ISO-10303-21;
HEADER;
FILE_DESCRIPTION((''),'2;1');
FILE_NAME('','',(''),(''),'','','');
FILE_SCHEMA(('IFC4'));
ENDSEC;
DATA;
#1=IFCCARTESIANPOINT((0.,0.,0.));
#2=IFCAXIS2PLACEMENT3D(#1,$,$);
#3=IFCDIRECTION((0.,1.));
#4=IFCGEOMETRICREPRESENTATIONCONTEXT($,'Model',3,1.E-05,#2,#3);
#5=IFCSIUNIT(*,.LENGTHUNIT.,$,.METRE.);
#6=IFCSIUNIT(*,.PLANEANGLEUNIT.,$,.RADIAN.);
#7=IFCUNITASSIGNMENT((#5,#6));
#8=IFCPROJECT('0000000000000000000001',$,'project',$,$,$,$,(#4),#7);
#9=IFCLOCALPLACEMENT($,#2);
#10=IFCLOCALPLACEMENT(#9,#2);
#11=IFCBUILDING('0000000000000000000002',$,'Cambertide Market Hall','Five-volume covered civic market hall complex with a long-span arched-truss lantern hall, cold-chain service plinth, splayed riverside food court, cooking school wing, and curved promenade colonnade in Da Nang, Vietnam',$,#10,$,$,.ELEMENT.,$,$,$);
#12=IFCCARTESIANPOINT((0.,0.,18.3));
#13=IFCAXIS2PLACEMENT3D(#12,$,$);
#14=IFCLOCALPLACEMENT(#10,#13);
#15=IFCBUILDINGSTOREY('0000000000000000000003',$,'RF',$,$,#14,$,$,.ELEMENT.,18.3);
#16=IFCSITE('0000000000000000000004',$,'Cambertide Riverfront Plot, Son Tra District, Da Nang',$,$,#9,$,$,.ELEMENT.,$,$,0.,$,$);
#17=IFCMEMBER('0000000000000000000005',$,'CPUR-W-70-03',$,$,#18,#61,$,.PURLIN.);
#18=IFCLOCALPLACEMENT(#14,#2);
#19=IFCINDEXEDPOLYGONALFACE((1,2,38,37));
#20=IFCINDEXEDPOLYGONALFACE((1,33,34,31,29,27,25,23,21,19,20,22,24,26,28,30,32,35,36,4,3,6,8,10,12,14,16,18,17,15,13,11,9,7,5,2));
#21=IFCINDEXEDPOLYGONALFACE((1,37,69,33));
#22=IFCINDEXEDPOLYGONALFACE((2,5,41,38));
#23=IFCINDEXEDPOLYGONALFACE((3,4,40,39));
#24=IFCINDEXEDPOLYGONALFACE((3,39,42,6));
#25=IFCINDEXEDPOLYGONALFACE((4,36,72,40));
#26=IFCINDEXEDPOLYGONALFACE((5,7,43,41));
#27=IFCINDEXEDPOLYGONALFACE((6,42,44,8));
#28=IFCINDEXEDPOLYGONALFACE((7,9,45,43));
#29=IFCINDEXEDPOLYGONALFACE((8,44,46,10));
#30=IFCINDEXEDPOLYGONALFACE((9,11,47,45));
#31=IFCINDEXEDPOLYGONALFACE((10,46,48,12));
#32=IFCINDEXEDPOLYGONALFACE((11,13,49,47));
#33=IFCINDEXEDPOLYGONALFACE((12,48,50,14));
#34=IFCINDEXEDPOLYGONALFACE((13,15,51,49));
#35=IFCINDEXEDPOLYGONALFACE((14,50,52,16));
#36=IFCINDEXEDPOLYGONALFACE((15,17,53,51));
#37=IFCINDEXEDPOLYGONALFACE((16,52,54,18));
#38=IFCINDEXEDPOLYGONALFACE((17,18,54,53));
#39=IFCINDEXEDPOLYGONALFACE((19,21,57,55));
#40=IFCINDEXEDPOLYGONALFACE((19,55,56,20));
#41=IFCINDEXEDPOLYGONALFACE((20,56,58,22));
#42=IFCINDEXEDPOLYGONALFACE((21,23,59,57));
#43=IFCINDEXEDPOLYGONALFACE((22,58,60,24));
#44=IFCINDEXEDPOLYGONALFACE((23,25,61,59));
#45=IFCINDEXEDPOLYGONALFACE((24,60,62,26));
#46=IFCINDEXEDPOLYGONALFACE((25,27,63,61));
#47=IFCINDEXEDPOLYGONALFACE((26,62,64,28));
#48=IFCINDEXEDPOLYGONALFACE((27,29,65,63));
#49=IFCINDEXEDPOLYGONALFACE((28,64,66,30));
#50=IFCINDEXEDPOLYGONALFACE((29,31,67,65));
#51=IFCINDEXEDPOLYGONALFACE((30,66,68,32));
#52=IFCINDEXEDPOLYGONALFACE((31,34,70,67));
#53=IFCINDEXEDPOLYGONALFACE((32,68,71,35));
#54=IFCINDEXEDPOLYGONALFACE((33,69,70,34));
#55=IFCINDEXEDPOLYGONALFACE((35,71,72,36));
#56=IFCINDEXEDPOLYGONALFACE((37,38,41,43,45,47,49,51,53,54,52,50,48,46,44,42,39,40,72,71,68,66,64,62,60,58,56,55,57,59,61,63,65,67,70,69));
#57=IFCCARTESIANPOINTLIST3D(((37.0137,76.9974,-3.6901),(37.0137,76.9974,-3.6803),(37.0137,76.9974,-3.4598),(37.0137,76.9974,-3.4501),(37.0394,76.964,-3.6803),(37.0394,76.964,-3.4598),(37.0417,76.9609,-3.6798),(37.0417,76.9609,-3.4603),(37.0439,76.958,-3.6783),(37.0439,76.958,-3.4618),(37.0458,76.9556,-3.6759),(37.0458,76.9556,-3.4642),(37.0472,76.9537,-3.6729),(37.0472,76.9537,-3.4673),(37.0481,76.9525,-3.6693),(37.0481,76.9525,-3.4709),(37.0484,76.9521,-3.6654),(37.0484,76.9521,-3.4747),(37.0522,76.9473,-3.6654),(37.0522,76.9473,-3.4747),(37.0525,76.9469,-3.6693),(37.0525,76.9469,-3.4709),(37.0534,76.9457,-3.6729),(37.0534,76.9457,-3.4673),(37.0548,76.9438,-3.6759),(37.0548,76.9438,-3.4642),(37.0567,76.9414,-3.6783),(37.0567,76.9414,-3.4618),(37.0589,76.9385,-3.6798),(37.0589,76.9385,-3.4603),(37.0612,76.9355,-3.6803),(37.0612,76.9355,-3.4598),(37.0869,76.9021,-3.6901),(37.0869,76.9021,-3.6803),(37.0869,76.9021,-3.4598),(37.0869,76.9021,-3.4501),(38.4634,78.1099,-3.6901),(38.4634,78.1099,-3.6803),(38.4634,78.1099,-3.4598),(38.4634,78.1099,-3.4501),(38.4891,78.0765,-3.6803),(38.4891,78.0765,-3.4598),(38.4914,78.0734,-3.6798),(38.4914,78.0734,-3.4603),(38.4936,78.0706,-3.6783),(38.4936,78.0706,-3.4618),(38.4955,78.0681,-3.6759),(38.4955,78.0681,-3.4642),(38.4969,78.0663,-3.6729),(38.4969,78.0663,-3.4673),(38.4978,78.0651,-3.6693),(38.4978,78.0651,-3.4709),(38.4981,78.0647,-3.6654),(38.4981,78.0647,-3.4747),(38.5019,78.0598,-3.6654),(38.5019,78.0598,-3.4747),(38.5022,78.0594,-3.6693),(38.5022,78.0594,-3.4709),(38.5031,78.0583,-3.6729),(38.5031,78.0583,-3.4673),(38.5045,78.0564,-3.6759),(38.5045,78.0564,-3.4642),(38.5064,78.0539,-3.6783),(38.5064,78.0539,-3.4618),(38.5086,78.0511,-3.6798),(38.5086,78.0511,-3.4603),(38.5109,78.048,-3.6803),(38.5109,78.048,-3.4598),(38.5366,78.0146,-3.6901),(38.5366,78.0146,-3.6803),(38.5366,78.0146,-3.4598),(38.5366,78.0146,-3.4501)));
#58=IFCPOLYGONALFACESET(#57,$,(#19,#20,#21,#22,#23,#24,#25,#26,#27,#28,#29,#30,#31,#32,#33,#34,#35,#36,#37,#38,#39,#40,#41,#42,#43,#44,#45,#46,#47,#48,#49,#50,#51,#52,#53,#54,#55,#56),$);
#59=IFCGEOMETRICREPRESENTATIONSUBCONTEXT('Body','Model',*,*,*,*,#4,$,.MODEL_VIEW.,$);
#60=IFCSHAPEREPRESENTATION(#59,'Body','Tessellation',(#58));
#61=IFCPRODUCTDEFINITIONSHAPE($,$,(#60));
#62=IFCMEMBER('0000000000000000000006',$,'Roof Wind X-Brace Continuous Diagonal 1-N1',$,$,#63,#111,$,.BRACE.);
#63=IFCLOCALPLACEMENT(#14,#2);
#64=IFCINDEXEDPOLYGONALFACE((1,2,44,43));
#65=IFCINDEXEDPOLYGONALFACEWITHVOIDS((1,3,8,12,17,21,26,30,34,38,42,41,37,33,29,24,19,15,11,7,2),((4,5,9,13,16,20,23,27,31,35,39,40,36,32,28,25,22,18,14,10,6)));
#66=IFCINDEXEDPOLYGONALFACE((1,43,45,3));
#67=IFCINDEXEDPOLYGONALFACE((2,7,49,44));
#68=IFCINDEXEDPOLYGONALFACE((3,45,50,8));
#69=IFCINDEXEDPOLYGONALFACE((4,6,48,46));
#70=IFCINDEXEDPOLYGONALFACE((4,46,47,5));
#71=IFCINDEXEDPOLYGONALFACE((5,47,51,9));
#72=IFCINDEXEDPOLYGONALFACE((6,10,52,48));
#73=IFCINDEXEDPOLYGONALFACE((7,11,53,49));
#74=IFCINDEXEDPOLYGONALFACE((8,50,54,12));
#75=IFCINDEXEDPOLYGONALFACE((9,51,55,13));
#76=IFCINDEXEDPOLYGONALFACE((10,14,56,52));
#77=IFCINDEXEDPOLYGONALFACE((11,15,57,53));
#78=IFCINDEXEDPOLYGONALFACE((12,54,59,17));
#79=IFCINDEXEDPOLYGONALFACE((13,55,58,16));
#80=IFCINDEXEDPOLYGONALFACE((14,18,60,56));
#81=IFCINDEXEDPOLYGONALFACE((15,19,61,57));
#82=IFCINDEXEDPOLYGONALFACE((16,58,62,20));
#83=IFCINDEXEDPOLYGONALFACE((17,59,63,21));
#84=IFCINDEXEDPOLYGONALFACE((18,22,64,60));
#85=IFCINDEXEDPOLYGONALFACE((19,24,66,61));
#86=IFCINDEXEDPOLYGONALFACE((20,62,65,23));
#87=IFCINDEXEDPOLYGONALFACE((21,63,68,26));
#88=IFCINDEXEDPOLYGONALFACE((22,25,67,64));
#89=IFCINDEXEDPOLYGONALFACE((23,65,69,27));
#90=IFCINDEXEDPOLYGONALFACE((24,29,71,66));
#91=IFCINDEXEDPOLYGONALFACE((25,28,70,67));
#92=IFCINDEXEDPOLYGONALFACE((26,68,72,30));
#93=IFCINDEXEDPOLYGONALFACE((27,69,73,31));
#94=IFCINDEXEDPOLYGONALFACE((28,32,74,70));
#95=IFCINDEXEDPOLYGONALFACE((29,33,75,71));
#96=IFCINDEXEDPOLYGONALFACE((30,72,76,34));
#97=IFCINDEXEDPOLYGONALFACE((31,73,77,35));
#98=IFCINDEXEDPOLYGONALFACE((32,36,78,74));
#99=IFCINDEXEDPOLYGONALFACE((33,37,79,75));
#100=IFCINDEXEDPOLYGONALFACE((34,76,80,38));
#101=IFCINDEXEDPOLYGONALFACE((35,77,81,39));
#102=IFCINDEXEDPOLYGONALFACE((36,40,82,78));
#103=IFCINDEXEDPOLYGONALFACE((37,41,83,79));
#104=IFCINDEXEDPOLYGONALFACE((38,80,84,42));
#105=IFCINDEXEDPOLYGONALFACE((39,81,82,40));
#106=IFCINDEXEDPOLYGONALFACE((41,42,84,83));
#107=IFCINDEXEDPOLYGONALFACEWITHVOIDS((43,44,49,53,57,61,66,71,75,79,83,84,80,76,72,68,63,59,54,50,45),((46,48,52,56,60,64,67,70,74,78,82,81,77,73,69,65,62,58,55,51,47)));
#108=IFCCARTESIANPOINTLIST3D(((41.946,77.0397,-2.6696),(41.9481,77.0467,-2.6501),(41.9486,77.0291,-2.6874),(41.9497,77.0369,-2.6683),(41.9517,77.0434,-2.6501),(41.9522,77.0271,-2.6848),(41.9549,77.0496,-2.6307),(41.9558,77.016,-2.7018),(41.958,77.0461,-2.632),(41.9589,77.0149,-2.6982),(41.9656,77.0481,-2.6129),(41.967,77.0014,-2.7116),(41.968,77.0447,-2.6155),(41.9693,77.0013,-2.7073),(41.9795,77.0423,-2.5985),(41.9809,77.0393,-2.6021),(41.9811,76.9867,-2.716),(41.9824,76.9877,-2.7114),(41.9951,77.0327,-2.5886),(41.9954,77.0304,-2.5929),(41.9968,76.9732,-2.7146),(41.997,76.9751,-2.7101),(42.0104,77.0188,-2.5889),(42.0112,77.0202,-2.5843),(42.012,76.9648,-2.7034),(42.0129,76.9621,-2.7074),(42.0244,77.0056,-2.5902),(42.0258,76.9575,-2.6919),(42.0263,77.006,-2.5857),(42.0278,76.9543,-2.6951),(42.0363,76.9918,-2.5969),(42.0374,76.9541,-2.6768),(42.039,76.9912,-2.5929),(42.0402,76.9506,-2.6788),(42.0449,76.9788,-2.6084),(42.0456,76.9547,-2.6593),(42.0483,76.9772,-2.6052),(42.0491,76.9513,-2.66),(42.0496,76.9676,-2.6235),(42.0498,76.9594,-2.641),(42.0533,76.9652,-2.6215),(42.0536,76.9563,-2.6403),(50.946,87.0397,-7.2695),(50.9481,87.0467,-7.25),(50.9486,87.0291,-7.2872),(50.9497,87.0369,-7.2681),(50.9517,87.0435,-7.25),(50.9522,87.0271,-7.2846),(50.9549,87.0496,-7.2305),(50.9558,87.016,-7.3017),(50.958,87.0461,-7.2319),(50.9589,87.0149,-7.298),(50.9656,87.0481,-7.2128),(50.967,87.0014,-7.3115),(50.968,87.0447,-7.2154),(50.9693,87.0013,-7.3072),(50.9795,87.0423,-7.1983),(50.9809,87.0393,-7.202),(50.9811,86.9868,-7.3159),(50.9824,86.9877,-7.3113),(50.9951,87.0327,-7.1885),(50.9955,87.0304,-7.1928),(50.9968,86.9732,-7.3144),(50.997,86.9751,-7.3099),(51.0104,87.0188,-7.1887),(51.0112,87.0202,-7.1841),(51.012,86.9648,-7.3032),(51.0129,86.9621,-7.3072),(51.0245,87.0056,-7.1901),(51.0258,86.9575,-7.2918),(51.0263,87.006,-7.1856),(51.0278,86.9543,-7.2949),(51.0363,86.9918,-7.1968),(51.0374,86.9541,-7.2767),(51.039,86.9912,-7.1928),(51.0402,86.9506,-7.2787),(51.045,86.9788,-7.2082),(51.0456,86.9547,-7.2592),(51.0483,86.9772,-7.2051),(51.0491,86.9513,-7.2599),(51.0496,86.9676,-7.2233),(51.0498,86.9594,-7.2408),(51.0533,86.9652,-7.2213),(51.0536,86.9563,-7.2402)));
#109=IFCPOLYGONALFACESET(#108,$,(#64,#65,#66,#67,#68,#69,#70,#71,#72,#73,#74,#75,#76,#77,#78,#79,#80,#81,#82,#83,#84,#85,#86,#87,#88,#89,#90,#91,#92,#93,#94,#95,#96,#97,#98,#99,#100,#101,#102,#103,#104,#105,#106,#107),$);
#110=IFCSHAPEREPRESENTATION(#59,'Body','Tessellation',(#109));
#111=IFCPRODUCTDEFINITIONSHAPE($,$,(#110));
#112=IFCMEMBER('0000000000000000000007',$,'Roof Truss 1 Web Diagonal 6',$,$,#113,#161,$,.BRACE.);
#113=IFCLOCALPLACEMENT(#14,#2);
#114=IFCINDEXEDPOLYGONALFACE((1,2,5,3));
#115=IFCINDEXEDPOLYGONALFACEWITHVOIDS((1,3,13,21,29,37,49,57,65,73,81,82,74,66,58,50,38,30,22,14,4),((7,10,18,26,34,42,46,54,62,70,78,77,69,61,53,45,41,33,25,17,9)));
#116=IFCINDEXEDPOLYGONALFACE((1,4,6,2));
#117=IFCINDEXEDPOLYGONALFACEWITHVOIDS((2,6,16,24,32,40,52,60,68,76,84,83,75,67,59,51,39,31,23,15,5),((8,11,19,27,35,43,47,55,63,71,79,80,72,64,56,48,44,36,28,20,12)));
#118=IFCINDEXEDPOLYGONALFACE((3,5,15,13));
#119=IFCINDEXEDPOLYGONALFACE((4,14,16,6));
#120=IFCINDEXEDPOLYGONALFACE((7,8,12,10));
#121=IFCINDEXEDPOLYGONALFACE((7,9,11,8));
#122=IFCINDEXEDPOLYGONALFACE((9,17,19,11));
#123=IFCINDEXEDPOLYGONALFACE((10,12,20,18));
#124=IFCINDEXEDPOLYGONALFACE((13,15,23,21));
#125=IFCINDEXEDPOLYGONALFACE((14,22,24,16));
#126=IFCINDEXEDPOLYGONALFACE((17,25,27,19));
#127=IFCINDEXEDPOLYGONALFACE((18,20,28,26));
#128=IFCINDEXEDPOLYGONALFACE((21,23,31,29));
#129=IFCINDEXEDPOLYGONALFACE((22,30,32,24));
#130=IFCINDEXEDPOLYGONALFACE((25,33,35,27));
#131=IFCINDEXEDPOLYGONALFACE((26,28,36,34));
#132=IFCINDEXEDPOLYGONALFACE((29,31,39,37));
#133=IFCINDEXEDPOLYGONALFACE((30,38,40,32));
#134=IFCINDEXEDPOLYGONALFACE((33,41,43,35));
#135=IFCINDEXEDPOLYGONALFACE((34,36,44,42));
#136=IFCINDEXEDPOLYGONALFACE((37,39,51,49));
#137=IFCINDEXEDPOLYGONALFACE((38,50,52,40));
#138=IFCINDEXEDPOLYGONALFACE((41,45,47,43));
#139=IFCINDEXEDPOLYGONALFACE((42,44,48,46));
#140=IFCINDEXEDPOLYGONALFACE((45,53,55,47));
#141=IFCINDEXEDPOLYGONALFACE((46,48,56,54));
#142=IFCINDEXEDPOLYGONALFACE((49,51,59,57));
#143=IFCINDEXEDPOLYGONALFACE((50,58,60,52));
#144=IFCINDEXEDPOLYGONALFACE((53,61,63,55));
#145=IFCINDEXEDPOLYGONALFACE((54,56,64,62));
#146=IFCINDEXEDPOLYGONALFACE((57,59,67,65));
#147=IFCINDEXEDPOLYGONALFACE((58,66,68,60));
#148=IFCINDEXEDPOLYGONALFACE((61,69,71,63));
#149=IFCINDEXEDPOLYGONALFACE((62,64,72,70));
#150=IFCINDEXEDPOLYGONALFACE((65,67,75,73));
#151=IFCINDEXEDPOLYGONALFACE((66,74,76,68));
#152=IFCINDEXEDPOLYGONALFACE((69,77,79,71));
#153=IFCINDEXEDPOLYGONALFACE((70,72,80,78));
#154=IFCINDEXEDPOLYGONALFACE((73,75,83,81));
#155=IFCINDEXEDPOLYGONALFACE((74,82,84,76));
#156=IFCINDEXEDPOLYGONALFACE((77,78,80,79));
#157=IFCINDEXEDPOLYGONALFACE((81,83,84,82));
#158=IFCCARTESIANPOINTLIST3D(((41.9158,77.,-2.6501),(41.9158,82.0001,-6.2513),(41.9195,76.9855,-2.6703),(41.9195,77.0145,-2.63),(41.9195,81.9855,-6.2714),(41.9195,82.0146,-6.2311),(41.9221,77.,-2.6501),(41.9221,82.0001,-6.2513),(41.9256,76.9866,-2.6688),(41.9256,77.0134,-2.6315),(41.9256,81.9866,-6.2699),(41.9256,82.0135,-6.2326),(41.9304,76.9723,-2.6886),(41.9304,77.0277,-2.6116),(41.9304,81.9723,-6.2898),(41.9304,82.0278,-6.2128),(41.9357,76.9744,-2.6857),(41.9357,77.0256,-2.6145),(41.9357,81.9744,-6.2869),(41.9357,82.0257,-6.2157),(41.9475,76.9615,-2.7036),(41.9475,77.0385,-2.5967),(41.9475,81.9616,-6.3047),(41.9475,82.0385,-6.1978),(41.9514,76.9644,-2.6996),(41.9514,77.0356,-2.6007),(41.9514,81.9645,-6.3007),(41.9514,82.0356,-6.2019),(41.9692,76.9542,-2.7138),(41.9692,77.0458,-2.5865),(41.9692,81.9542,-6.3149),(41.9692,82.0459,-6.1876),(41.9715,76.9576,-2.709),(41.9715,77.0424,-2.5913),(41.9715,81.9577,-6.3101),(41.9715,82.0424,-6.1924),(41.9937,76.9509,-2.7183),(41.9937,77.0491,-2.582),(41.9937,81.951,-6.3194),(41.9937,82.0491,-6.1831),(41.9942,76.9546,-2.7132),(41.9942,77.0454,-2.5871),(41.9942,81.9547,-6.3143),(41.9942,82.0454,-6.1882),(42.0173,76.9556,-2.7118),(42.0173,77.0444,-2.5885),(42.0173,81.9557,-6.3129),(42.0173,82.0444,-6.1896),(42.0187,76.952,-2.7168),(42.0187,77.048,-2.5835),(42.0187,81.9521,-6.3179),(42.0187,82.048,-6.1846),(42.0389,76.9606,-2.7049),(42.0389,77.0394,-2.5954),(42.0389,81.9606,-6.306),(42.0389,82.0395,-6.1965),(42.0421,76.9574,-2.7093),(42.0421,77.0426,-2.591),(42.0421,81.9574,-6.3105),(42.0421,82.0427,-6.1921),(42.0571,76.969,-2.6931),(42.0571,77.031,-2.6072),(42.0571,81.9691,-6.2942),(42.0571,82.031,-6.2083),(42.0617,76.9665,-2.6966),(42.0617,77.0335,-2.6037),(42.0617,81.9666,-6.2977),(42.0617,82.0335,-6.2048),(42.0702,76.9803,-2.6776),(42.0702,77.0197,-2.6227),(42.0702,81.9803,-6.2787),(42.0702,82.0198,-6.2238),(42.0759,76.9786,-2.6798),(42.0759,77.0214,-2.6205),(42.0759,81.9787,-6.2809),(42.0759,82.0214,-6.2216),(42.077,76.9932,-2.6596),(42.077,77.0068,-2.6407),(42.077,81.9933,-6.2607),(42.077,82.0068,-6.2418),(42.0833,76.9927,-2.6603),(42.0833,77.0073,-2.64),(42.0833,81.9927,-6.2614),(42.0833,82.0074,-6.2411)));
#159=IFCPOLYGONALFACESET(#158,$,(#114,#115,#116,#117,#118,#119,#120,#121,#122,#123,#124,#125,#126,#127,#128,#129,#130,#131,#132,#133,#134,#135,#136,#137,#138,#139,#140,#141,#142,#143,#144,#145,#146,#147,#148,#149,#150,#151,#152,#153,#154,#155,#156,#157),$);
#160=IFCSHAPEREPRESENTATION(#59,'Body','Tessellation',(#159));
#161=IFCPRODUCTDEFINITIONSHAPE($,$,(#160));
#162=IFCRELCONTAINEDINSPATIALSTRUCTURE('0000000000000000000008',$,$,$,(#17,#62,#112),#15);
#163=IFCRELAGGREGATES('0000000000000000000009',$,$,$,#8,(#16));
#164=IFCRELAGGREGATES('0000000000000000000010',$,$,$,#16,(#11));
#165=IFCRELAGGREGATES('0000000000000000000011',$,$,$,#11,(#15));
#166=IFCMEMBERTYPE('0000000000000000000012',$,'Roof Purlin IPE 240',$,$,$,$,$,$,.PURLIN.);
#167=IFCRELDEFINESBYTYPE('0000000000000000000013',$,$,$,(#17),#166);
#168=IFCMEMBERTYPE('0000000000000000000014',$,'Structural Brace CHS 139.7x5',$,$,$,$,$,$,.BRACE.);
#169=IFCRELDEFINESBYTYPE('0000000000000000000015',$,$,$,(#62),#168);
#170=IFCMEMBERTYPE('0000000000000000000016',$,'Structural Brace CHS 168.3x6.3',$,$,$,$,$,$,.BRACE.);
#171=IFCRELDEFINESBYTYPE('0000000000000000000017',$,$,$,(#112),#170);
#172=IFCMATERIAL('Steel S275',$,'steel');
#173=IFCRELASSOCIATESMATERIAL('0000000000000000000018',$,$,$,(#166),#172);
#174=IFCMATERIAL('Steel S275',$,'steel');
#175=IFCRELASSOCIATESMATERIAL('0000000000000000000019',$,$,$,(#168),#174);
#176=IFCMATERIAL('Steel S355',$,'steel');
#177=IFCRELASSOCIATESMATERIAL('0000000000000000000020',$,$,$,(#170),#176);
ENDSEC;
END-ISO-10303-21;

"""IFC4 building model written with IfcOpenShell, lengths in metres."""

from ifc_helpers import new_model, si_unit, direction, frame, origin, origin_2d, place, context, subcontext, project, spatial, hollow_circle, i_section, extrude, material, material_profile, profile_set, type_object, element, save


model = new_model("IFC4")

# Units and contexts
model_context = context("Model", 3, precision=1e-05, world=origin(), true_north=direction((0.0, 1.0)))
body_context = subcontext(model_context, "Body", "Model", "MODEL_VIEW")
ifc_project = project(units=[si_unit("LENGTHUNIT", "METRE"), si_unit("PLANEANGLEUNIT", "RADIAN")], contexts=[model_context])

# Site, building, storey
site_placement = place(None, origin())
site = spatial("IfcSite", under=ifc_project, at=site_placement, Name="Cambertide Riverfront Plot, Son Tra District, Da Nang", CompositionType="ELEMENT", RefElevation=0.0)
building_placement = place(site_placement, origin())
building = spatial("IfcBuilding", under=site, at=building_placement, Name="Cambertide Market Hall", Description="Five-volume covered civic market hall complex with a long-span arched-truss lantern hall, cold-chain service plinth, splayed riverside food court, cooking school wing, and curved promenade colonnade in Da Nang, Vietnam", CompositionType="ELEMENT")
storey_placement = place(building_placement, frame((0.0, 0.0, 18.3)))
storey = spatial("IfcBuildingStorey", under=building, at=storey_placement, Name="RF", CompositionType="ELEMENT", Elevation=18.3)

# Members
ifc_material_1 = material(Name="Steel S275", Category="steel")
ifc_material_profile_1 = material_profile(ifc_material_1, i_section(OverallWidth=0.1201, OverallDepth=0.24, WebThickness=0.0061, FlangeThickness=0.0098, FilletRadius=0.0149, at=origin_2d()), Name="IPE 240")
ifc_profile_set_1 = profile_set([ifc_material_profile_1], Name="Steel S275")
member_type_1 = type_object("IfcMemberType", Name="Roof Purlin IPE 240", PredefinedType="PURLIN", material=ifc_profile_set_1)
for number, where, z_axis, x_axis, name in (
    (1, (38.5, 78.0623, -3.5701), (-0.793314, -0.608813, 0.0), (0.608813, -0.793314, 0.0), "CPUR-W-70-03"),
):
    element("IfcMember", number, at=place(storey_placement, frame(where, z_axis=z_axis, x_axis=x_axis)), inside=storey, type_object=member_type_1, Name=name, PredefinedType="PURLIN", context=body_context, shape_type="SweptSolid", body=[
        extrude(i_section(OverallWidth=0.1201, OverallDepth=0.24, WebThickness=0.0061, FlangeThickness=0.0098, FilletRadius=0.0149, at=origin_2d()), origin(), (0.0, 0.0, 1.0), 1.8274),
    ])
ifc_material_2 = material(Name="Steel S275", Category="steel")
ifc_material_profile_2 = material_profile(ifc_material_2, hollow_circle(Radius=0.0698, WallThickness=0.0049, at=origin_2d()), Name="CHS 139.7x5")
ifc_profile_set_2 = profile_set([ifc_material_profile_2], Name="Steel S275")
member_type_2 = type_object("IfcMemberType", Name="Structural Brace CHS 139.7x5", PredefinedType="BRACE", material=ifc_profile_set_2)
member_1_placement = place(storey_placement, frame((42.0, 77.0, -2.6501), z_axis=(0.632989, 0.703321, -0.323518), x_axis=(-0.743294, 0.668965, 0.0)))
element("IfcMember", 2, at=member_1_placement, inside=storey, type_object=member_type_2, Name="Roof Wind X-Brace Continuous Diagonal 1-N1", PredefinedType="BRACE", context=body_context, shape_type="SweptSolid", body=[
    extrude(hollow_circle(Radius=0.0698, WallThickness=0.0049, at=origin_2d()), origin(), (0.0, 0.0, 1.0), 14.2183),
])
ifc_material_3 = material(Name="Steel S355", Category="steel")
ifc_material_profile_3 = material_profile(ifc_material_3, hollow_circle(Radius=0.0842, WallThickness=0.0063, at=origin_2d()), Name="CHS 168.3x6.3")
ifc_profile_set_3 = profile_set([ifc_material_profile_3], Name="Steel S355")
member_type_3 = type_object("IfcMemberType", Name="Structural Brace CHS 168.3x6.3", PredefinedType="BRACE", material=ifc_profile_set_3)
member_2_placement = place(storey_placement, frame((42.0, 77.0, -2.6501), z_axis=(0.0, 0.811452, -0.58442), x_axis=(-1.0, 0.0, 0.0)))
element("IfcMember", 3, at=member_2_placement, inside=storey, type_object=member_type_3, Name="Roof Truss 1 Web Diagonal 6", PredefinedType="BRACE", context=body_context, shape_type="SweptSolid", body=[
    extrude(hollow_circle(Radius=0.0842, WallThickness=0.0063, at=origin_2d()), origin(), (0.0, 0.0, 1.0), 6.1619),
])

save(model, "model.ifc")
